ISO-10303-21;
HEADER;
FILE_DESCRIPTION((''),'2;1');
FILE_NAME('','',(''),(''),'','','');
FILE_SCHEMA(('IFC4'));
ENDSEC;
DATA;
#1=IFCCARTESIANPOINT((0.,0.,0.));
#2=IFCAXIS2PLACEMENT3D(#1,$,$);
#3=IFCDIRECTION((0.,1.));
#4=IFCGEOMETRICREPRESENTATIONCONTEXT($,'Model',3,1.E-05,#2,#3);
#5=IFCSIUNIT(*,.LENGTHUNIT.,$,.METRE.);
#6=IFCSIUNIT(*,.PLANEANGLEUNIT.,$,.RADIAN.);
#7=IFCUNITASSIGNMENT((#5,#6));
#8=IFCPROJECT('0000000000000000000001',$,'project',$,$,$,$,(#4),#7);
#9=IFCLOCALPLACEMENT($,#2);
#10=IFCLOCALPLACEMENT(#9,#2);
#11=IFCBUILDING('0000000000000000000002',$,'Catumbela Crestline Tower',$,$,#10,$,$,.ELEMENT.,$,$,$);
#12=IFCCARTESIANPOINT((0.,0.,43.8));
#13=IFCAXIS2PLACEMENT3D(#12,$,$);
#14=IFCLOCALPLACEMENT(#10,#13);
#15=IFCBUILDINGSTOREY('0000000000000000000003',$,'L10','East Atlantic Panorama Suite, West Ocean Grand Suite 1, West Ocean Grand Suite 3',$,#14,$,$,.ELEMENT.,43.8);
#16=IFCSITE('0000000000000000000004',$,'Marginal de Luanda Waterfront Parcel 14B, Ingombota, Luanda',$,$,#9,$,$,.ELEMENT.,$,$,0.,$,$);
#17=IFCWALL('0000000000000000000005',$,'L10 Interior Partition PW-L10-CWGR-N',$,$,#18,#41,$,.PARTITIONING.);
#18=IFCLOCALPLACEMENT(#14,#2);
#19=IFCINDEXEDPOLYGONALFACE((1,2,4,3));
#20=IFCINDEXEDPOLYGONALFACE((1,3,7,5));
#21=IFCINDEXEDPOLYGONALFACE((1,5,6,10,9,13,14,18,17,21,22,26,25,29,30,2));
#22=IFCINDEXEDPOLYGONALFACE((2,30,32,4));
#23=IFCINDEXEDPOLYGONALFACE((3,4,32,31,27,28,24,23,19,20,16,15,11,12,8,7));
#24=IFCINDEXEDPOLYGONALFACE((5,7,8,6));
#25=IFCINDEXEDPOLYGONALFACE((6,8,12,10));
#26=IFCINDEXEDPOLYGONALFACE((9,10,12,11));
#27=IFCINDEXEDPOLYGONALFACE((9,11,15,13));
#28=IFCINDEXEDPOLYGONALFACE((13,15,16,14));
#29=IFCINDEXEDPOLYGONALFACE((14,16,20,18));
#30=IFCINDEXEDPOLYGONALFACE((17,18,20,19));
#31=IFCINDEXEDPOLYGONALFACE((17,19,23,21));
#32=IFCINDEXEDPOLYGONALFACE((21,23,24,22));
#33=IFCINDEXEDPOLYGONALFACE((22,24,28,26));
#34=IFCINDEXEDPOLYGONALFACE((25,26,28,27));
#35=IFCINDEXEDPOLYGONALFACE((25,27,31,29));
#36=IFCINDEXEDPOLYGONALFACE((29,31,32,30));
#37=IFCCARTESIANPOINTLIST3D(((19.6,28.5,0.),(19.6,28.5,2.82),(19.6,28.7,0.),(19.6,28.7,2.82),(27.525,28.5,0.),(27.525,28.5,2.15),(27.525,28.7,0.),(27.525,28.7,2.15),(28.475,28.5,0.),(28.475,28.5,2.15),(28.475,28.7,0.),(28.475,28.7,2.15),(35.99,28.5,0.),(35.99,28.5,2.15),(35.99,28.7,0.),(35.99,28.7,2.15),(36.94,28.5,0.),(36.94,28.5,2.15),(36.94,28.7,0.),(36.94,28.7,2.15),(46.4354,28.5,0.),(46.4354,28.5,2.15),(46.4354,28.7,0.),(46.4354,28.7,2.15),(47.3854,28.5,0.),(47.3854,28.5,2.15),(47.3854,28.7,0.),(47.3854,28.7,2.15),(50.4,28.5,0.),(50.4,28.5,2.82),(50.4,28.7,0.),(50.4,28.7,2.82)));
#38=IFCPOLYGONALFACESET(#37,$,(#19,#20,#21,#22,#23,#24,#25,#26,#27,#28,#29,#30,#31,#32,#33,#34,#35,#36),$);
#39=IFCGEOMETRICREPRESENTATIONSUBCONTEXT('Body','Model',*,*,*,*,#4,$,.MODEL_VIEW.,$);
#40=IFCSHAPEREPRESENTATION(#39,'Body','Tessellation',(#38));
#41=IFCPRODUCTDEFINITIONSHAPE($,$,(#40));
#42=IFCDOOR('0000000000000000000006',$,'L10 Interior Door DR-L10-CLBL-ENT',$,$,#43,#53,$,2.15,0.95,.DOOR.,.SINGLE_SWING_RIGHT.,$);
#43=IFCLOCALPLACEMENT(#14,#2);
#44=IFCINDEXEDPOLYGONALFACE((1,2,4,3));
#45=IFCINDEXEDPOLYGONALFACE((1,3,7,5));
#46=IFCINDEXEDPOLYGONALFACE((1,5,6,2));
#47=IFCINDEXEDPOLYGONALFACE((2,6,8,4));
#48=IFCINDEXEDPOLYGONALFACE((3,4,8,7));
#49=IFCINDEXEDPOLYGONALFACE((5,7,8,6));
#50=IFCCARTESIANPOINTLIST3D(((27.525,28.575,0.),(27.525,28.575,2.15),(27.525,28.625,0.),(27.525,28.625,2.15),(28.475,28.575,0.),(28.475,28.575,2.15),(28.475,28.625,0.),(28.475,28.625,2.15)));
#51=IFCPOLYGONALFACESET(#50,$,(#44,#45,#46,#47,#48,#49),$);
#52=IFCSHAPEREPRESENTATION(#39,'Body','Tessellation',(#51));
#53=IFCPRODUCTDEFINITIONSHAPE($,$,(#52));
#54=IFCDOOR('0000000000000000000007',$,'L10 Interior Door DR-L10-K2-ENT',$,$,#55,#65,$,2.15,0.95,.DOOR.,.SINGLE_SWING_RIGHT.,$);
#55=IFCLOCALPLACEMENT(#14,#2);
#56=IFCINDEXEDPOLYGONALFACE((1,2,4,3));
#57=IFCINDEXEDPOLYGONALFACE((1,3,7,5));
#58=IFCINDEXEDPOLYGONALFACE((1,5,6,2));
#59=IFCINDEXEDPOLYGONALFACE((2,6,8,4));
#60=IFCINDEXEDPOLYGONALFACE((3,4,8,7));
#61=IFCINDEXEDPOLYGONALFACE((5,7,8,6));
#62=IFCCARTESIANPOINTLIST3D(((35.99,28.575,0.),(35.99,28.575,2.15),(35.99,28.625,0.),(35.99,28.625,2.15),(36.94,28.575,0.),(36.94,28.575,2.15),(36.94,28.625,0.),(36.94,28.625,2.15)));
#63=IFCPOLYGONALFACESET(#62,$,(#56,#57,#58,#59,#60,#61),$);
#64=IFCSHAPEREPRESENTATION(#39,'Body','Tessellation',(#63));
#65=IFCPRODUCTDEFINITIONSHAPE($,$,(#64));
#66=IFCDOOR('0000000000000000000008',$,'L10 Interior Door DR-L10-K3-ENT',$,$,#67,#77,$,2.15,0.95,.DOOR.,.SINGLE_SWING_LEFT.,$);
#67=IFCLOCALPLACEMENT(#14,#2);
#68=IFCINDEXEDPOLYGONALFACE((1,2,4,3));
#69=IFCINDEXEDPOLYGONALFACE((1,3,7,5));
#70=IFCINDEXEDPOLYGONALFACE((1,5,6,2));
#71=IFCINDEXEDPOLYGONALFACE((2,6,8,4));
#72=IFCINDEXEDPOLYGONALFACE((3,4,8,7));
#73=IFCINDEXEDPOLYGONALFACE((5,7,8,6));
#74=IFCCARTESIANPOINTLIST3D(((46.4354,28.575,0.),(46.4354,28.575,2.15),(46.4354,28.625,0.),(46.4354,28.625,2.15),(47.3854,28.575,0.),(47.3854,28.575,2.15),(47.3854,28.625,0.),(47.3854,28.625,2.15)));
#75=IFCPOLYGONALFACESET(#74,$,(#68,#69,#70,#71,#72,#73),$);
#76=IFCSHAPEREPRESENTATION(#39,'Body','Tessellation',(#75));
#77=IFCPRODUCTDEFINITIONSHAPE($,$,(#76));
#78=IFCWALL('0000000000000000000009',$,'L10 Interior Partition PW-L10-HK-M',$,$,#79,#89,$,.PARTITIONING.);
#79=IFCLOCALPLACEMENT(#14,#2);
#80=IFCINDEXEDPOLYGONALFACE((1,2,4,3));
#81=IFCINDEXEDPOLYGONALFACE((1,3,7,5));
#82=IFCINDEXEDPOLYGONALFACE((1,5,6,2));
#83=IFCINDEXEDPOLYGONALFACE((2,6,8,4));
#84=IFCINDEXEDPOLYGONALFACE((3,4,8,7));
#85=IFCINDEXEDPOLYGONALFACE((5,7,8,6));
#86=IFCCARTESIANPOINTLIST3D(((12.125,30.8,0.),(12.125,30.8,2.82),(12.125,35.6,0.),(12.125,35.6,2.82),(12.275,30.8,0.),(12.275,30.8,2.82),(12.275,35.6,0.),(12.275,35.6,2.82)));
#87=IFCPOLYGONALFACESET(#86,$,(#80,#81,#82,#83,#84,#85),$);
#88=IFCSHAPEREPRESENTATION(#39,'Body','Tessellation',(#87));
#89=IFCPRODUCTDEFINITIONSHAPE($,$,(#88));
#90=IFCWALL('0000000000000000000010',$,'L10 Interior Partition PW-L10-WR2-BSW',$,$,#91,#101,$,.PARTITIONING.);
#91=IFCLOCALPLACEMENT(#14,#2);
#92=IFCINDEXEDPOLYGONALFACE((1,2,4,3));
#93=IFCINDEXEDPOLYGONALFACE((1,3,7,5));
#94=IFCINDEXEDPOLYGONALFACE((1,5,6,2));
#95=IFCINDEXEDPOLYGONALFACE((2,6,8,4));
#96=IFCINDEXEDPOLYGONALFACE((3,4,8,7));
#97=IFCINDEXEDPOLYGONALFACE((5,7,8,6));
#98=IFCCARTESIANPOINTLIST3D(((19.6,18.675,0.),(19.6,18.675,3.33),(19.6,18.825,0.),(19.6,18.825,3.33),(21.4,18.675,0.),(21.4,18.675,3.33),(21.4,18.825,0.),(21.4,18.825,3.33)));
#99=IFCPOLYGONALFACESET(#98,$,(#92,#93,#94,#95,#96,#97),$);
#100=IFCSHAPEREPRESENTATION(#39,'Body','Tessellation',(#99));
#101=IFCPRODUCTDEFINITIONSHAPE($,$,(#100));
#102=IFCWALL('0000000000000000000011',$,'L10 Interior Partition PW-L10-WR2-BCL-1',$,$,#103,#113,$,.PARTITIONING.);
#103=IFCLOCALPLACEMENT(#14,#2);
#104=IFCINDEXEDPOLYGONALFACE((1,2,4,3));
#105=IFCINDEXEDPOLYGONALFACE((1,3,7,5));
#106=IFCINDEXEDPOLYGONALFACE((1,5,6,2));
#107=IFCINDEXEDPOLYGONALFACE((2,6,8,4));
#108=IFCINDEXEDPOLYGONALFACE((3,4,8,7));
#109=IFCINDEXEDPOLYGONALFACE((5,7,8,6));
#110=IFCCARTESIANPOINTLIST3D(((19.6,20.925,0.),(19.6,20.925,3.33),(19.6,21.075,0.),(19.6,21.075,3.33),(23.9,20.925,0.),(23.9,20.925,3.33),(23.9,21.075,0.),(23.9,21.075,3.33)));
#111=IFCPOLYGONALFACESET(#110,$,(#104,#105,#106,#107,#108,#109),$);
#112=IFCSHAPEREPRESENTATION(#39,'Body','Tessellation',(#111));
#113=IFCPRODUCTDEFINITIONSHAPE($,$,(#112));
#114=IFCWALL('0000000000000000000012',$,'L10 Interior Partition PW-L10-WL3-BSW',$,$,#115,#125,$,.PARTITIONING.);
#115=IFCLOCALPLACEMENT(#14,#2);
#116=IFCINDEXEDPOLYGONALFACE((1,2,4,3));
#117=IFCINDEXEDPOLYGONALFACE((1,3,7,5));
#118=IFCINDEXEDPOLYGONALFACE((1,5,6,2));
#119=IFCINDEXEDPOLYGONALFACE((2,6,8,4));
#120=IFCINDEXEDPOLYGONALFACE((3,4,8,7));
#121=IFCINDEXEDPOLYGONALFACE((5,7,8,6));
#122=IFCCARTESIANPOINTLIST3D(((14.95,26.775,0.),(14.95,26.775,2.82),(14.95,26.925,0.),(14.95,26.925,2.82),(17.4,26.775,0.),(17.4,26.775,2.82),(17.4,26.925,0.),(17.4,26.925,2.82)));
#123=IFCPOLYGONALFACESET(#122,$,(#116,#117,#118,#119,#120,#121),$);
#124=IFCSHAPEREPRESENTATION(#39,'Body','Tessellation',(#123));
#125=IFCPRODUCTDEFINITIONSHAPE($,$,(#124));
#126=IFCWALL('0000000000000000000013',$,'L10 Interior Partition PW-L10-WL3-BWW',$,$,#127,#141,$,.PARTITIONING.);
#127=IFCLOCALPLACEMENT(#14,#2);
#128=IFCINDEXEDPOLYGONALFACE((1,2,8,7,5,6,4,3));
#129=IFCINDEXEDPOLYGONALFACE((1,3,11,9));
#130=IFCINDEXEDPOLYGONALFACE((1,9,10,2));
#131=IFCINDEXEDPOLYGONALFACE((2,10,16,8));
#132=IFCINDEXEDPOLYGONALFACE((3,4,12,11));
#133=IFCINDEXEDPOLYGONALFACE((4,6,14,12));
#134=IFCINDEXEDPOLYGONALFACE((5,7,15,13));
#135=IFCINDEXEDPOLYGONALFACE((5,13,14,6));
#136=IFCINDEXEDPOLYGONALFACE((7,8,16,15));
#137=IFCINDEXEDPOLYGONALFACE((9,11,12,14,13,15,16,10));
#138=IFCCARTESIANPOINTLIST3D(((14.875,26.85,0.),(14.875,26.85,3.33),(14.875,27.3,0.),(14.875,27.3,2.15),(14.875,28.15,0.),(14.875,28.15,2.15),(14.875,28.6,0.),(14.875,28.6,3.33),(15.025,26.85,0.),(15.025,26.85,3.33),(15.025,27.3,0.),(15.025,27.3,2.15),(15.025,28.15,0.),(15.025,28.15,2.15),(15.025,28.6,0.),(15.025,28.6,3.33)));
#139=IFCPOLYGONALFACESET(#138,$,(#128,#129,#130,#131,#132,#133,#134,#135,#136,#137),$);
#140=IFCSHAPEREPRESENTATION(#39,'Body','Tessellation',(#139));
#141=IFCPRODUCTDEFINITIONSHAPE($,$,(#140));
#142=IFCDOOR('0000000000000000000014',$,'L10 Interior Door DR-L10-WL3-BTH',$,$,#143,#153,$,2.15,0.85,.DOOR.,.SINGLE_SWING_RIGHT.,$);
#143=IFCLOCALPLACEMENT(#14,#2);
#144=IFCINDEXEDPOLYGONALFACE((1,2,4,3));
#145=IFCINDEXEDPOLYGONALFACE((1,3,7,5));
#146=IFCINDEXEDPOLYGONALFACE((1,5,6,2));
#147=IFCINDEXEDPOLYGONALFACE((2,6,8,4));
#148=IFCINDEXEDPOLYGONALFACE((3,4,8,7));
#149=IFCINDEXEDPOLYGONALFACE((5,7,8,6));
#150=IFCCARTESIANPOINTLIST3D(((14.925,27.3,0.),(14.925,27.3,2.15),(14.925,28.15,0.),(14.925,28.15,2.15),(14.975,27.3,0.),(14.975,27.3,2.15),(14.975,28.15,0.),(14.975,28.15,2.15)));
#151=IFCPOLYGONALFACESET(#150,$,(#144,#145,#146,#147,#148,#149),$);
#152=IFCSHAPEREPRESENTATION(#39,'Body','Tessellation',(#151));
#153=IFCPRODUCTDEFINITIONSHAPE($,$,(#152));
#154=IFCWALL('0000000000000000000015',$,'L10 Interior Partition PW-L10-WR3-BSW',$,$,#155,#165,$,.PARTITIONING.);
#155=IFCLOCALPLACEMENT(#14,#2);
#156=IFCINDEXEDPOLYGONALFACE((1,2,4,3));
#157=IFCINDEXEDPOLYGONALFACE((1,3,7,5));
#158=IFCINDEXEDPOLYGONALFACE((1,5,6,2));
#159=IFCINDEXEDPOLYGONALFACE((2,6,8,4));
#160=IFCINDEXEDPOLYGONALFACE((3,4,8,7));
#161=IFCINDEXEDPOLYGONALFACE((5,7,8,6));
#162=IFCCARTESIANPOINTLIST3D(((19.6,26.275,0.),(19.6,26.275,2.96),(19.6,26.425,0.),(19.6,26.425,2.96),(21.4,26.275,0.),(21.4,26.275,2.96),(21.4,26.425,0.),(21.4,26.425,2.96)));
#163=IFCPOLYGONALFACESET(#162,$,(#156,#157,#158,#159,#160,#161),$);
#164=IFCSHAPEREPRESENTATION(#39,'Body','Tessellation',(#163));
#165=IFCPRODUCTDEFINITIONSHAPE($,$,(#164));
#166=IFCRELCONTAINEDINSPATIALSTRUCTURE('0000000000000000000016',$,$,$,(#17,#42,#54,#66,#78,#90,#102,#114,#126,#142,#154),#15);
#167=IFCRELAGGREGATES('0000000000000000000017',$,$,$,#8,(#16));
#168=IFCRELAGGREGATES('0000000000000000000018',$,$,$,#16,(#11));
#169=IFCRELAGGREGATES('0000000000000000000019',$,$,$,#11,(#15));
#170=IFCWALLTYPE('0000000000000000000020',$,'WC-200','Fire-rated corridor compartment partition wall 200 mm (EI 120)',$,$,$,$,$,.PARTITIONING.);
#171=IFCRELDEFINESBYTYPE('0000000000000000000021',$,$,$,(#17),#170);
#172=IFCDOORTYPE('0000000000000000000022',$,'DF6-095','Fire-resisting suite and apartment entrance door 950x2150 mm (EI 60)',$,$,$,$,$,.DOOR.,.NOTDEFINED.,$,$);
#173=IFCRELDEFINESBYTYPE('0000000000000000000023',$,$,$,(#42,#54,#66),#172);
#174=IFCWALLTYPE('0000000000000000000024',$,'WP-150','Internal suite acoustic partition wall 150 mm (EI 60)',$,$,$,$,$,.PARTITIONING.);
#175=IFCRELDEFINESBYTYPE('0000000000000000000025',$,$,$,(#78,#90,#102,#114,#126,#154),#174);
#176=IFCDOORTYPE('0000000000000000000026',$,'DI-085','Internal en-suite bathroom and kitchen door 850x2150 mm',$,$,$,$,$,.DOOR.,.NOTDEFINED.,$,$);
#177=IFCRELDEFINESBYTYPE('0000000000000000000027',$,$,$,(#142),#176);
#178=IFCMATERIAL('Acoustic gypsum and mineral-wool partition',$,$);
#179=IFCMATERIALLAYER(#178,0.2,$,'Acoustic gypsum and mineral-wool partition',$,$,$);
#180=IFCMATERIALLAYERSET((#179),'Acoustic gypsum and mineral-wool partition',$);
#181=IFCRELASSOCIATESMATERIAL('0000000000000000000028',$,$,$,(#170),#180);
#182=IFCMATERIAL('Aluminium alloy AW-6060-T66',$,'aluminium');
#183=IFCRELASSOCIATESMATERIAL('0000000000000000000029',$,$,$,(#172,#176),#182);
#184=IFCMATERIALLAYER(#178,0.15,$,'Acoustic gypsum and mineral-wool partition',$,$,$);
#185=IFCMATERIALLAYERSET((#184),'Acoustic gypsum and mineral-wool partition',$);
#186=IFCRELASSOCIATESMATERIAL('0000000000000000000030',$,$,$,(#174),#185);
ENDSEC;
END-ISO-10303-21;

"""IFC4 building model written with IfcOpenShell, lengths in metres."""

from ifc_helpers import new_model, si_unit, direction, frame, frame_2d, origin, place, context, subcontext, project, spatial, rectangle, extrude, material, layer, layer_set, type_object, element, fill, save


model = new_model("IFC4")

# Units and contexts
model_context = context("Model", 3, precision=1e-05, world=origin(), true_north=direction((0.0, 1.0)))
body_context = subcontext(model_context, "Body", "Model", "MODEL_VIEW")
ifc_project = project(units=[si_unit("LENGTHUNIT", "METRE"), si_unit("PLANEANGLEUNIT", "RADIAN")], contexts=[model_context])

# Site, building, storey
site_placement = place(None, origin())
site = spatial("IfcSite", under=ifc_project, at=site_placement, Name="Marginal de Luanda Waterfront Parcel 14B, Ingombota, Luanda", CompositionType="ELEMENT", RefElevation=0.0)
building_placement = place(site_placement, origin())
building = spatial("IfcBuilding", under=site, at=building_placement, Name="Catumbela Crestline Tower", CompositionType="ELEMENT")
storey_placement = place(building_placement, frame((0.0, 0.0, 43.8)))
storey = spatial("IfcBuildingStorey", under=building, at=storey_placement, Name="L10", Description="East Atlantic Panorama Suite, West Ocean Grand Suite 1, West Ocean Grand Suite 3", CompositionType="ELEMENT", Elevation=43.8)

# Wall, openings, doors
ifc_material_1 = material(Name="Acoustic gypsum and mineral-wool partition")
ifc_layer_1 = layer(ifc_material_1, 0.2, Name="Acoustic gypsum and mineral-wool partition")
ifc_layer_set_1 = layer_set([ifc_layer_1], Name="Acoustic gypsum and mineral-wool partition")
wall_type_1 = type_object("IfcWallType", Name="WC-200", Description="Fire-rated corridor compartment partition wall 200 mm (EI 120)", PredefinedType="PARTITIONING", material=ifc_layer_set_1)
wall_1_placement = place(storey_placement, frame((19.6, 28.6, 0.0), z_axis=(0.0, 0.0, 1.0), x_axis=(1.0, 0.0, 0.0)))
wall_1 = element("IfcWall", 1, at=wall_1_placement, inside=storey, type_object=wall_type_1, Name="L10 Interior Partition PW-L10-CWGR-N", PredefinedType="PARTITIONING", context=body_context, shape_type="SweptSolid", body=[
    extrude(rectangle(XDim=30.8, YDim=0.2, at=frame_2d((15.4, 0.0))), origin(), (0.0, 0.0, 1.0), 2.82),
])
opening_1_placement = place(wall_1_placement, frame((7.925, 0.0, 0.0)))
opening_1 = element("IfcOpeningElement", 2, at=opening_1_placement, cuts=wall_1, PredefinedType="OPENING", context=body_context, shape_type="SweptSolid", body=[
    extrude(rectangle(XDim=0.95, YDim=2.15, at=frame_2d((0.475, 1.075))), frame((0.0, 0.11, 0.0), z_axis=(0.0, -1.0, 0.0), x_axis=(1.0, 0.0, 0.0)), (0.0, 0.0, 1.0), 0.22),
])
opening_2_placement = place(wall_1_placement, frame((16.39, 0.0, 0.0)))
opening_2 = element("IfcOpeningElement", 3, at=opening_2_placement, cuts=wall_1, PredefinedType="OPENING", context=body_context, shape_type="SweptSolid", body=[
    extrude(rectangle(XDim=0.95, YDim=2.15, at=frame_2d((0.475, 1.075))), frame((0.0, 0.11, 0.0), z_axis=(0.0, -1.0, 0.0), x_axis=(1.0, 0.0, 0.0)), (0.0, 0.0, 1.0), 0.22),
])
opening_3_placement = place(wall_1_placement, frame((26.8354, 0.0, 0.0)))
opening_3 = element("IfcOpeningElement", 4, at=opening_3_placement, cuts=wall_1, PredefinedType="OPENING", context=body_context, shape_type="SweptSolid", body=[
    extrude(rectangle(XDim=0.95, YDim=2.15, at=frame_2d((0.475, 1.075))), frame((0.0, 0.11, 0.0), z_axis=(0.0, -1.0, 0.0), x_axis=(1.0, 0.0, 0.0)), (0.0, 0.0, 1.0), 0.22),
])
ifc_material_2 = material(Name="Aluminium alloy AW-6060-T66", Category="aluminium")
door_type_1 = type_object("IfcDoorType", Name="DF6-095", Description="Fire-resisting suite and apartment entrance door 950x2150 mm (EI 60)", OperationType="NOTDEFINED", PredefinedType="DOOR", material=ifc_material_2)
door_1_placement = place(opening_1_placement, origin())
door_1 = element("IfcDoor", 5, at=door_1_placement, inside=storey, type_object=door_type_1, Name="L10 Interior Door DR-L10-CLBL-ENT", OperationType="SINGLE_SWING_RIGHT", OverallHeight=2.15, OverallWidth=0.95, PredefinedType="DOOR", context=body_context, shape_type="SweptSolid", body=[
    extrude(rectangle(XDim=0.95, YDim=2.15, at=frame_2d((0.475, 1.075))), frame((0.0, 0.025, 0.0), z_axis=(0.0, -1.0, 0.0), x_axis=(1.0, 0.0, 0.0)), (0.0, 0.0, 1.0), 0.05),
])
fill(opening_1, door_1)
door_2_placement = place(opening_2_placement, origin())
door_2 = element("IfcDoor", 6, at=door_2_placement, inside=storey, type_object=door_type_1, Name="L10 Interior Door DR-L10-K2-ENT", OperationType="SINGLE_SWING_RIGHT", OverallHeight=2.15, OverallWidth=0.95, PredefinedType="DOOR", context=body_context, shape_type="SweptSolid", body=[
    extrude(rectangle(XDim=0.95, YDim=2.15, at=frame_2d((0.475, 1.075))), frame((0.0, 0.025, 0.0), z_axis=(0.0, -1.0, 0.0), x_axis=(1.0, 0.0, 0.0)), (0.0, 0.0, 1.0), 0.05),
])
fill(opening_2, door_2)
door_3_placement = place(opening_3_placement, origin())
door_3 = element("IfcDoor", 7, at=door_3_placement, inside=storey, type_object=door_type_1, Name="L10 Interior Door DR-L10-K3-ENT", OperationType="SINGLE_SWING_LEFT", OverallHeight=2.15, OverallWidth=0.95, PredefinedType="DOOR", context=body_context, shape_type="SweptSolid", body=[
    extrude(rectangle(XDim=0.95, YDim=2.15, at=frame_2d((0.475, 1.075))), frame((0.0, 0.025, 0.0), z_axis=(0.0, -1.0, 0.0), x_axis=(1.0, 0.0, 0.0)), (0.0, 0.0, 1.0), 0.05),
])
fill(opening_3, door_3)

# Walls
ifc_layer_2 = layer(ifc_material_1, 0.15, Name="Acoustic gypsum and mineral-wool partition")
ifc_layer_set_2 = layer_set([ifc_layer_2], Name="Acoustic gypsum and mineral-wool partition")
wall_type_2 = type_object("IfcWallType", Name="WP-150", Description="Internal suite acoustic partition wall 150 mm (EI 60)", PredefinedType="PARTITIONING", material=ifc_layer_set_2)
wall_2_placement = place(storey_placement, frame((12.2, 30.8, 0.0), z_axis=(0.0, 0.0, 1.0), x_axis=(0.0, 1.0, 0.0)))
element("IfcWall", 8, at=wall_2_placement, inside=storey, type_object=wall_type_2, Name="L10 Interior Partition PW-L10-HK-M", PredefinedType="PARTITIONING", context=body_context, shape_type="SweptSolid", body=[
    extrude(rectangle(XDim=4.8, YDim=0.15, at=frame_2d((2.4, 0.0))), origin(), (0.0, 0.0, 1.0), 2.82),
])
wall_3_placement = place(storey_placement, frame((19.6, 18.75, 0.0), z_axis=(0.0, 0.0, 1.0), x_axis=(1.0, 0.0, 0.0)))
element("IfcWall", 9, at=wall_3_placement, inside=storey, type_object=wall_type_2, Name="L10 Interior Partition PW-L10-WR2-BSW", PredefinedType="PARTITIONING", context=body_context, shape_type="SweptSolid", body=[
    extrude(rectangle(XDim=1.8, YDim=0.15, at=frame_2d((0.9, 0.0))), origin(), (0.0, 0.0, 1.0), 3.33),
])
wall_4_placement = place(storey_placement, frame((19.6, 21.0, 0.0), z_axis=(0.0, 0.0, 1.0), x_axis=(1.0, 0.0, 0.0)))
element("IfcWall", 10, at=wall_4_placement, inside=storey, type_object=wall_type_2, Name="L10 Interior Partition PW-L10-WR2-BCL-1", PredefinedType="PARTITIONING", context=body_context, shape_type="SweptSolid", body=[
    extrude(rectangle(XDim=4.3, YDim=0.15, at=frame_2d((2.15, 0.0))), origin(), (0.0, 0.0, 1.0), 3.33),
])
wall_5_placement = place(storey_placement, frame((14.95, 26.85, 0.0), z_axis=(0.0, 0.0, 1.0), x_axis=(1.0, 0.0, 0.0)))
element("IfcWall", 11, at=wall_5_placement, inside=storey, type_object=wall_type_2, Name="L10 Interior Partition PW-L10-WL3-BSW", PredefinedType="PARTITIONING", context=body_context, shape_type="SweptSolid", body=[
    extrude(rectangle(XDim=2.45, YDim=0.15, at=frame_2d((1.225, 0.0))), origin(), (0.0, 0.0, 1.0), 2.82),
])

# Wall, opening, door
wall_6_placement = place(storey_placement, frame((14.95, 26.85, 0.0), z_axis=(0.0, 0.0, 1.0), x_axis=(0.0, 1.0, 0.0)))
wall_6 = element("IfcWall", 12, at=wall_6_placement, inside=storey, type_object=wall_type_2, Name="L10 Interior Partition PW-L10-WL3-BWW", PredefinedType="PARTITIONING", context=body_context, shape_type="SweptSolid", body=[
    extrude(rectangle(XDim=1.75, YDim=0.15, at=frame_2d((0.875, 0.0))), origin(), (0.0, 0.0, 1.0), 3.33),
])
opening_4_placement = place(wall_6_placement, frame((0.45, 0.0, 0.0)))
opening_4 = element("IfcOpeningElement", 13, at=opening_4_placement, cuts=wall_6, PredefinedType="OPENING", context=body_context, shape_type="SweptSolid", body=[
    extrude(rectangle(XDim=0.85, YDim=2.15, at=frame_2d((0.425, 1.075))), frame((0.0, 0.085, 0.0), z_axis=(0.0, -1.0, 0.0), x_axis=(1.0, 0.0, 0.0)), (0.0, 0.0, 1.0), 0.17),
])
door_type_2 = type_object("IfcDoorType", Name="DI-085", Description="Internal en-suite bathroom and kitchen door 850x2150 mm", OperationType="NOTDEFINED", PredefinedType="DOOR", material=ifc_material_2)
door_4_placement = place(opening_4_placement, origin())
door_4 = element("IfcDoor", 14, at=door_4_placement, inside=storey, type_object=door_type_2, Name="L10 Interior Door DR-L10-WL3-BTH", OperationType="SINGLE_SWING_RIGHT", OverallHeight=2.15, OverallWidth=0.85, PredefinedType="DOOR", context=body_context, shape_type="SweptSolid", body=[
    extrude(rectangle(XDim=0.85, YDim=2.15, at=frame_2d((0.425, 1.075))), frame((0.0, 0.025, 0.0), z_axis=(0.0, -1.0, 0.0), x_axis=(1.0, 0.0, 0.0)), (0.0, 0.0, 1.0), 0.05),
])
fill(opening_4, door_4)

# Wall
wall_7_placement = place(storey_placement, frame((19.6, 26.35, 0.0), z_axis=(0.0, 0.0, 1.0), x_axis=(1.0, 0.0, 0.0)))
element("IfcWall", 15, at=wall_7_placement, inside=storey, type_object=wall_type_2, Name="L10 Interior Partition PW-L10-WR3-BSW", PredefinedType="PARTITIONING", context=body_context, shape_type="SweptSolid", body=[
    extrude(rectangle(XDim=1.8, YDim=0.15, at=frame_2d((0.9, 0.0))), origin(), (0.0, 0.0, 1.0), 2.96),
])

save(model, "model.ifc")
